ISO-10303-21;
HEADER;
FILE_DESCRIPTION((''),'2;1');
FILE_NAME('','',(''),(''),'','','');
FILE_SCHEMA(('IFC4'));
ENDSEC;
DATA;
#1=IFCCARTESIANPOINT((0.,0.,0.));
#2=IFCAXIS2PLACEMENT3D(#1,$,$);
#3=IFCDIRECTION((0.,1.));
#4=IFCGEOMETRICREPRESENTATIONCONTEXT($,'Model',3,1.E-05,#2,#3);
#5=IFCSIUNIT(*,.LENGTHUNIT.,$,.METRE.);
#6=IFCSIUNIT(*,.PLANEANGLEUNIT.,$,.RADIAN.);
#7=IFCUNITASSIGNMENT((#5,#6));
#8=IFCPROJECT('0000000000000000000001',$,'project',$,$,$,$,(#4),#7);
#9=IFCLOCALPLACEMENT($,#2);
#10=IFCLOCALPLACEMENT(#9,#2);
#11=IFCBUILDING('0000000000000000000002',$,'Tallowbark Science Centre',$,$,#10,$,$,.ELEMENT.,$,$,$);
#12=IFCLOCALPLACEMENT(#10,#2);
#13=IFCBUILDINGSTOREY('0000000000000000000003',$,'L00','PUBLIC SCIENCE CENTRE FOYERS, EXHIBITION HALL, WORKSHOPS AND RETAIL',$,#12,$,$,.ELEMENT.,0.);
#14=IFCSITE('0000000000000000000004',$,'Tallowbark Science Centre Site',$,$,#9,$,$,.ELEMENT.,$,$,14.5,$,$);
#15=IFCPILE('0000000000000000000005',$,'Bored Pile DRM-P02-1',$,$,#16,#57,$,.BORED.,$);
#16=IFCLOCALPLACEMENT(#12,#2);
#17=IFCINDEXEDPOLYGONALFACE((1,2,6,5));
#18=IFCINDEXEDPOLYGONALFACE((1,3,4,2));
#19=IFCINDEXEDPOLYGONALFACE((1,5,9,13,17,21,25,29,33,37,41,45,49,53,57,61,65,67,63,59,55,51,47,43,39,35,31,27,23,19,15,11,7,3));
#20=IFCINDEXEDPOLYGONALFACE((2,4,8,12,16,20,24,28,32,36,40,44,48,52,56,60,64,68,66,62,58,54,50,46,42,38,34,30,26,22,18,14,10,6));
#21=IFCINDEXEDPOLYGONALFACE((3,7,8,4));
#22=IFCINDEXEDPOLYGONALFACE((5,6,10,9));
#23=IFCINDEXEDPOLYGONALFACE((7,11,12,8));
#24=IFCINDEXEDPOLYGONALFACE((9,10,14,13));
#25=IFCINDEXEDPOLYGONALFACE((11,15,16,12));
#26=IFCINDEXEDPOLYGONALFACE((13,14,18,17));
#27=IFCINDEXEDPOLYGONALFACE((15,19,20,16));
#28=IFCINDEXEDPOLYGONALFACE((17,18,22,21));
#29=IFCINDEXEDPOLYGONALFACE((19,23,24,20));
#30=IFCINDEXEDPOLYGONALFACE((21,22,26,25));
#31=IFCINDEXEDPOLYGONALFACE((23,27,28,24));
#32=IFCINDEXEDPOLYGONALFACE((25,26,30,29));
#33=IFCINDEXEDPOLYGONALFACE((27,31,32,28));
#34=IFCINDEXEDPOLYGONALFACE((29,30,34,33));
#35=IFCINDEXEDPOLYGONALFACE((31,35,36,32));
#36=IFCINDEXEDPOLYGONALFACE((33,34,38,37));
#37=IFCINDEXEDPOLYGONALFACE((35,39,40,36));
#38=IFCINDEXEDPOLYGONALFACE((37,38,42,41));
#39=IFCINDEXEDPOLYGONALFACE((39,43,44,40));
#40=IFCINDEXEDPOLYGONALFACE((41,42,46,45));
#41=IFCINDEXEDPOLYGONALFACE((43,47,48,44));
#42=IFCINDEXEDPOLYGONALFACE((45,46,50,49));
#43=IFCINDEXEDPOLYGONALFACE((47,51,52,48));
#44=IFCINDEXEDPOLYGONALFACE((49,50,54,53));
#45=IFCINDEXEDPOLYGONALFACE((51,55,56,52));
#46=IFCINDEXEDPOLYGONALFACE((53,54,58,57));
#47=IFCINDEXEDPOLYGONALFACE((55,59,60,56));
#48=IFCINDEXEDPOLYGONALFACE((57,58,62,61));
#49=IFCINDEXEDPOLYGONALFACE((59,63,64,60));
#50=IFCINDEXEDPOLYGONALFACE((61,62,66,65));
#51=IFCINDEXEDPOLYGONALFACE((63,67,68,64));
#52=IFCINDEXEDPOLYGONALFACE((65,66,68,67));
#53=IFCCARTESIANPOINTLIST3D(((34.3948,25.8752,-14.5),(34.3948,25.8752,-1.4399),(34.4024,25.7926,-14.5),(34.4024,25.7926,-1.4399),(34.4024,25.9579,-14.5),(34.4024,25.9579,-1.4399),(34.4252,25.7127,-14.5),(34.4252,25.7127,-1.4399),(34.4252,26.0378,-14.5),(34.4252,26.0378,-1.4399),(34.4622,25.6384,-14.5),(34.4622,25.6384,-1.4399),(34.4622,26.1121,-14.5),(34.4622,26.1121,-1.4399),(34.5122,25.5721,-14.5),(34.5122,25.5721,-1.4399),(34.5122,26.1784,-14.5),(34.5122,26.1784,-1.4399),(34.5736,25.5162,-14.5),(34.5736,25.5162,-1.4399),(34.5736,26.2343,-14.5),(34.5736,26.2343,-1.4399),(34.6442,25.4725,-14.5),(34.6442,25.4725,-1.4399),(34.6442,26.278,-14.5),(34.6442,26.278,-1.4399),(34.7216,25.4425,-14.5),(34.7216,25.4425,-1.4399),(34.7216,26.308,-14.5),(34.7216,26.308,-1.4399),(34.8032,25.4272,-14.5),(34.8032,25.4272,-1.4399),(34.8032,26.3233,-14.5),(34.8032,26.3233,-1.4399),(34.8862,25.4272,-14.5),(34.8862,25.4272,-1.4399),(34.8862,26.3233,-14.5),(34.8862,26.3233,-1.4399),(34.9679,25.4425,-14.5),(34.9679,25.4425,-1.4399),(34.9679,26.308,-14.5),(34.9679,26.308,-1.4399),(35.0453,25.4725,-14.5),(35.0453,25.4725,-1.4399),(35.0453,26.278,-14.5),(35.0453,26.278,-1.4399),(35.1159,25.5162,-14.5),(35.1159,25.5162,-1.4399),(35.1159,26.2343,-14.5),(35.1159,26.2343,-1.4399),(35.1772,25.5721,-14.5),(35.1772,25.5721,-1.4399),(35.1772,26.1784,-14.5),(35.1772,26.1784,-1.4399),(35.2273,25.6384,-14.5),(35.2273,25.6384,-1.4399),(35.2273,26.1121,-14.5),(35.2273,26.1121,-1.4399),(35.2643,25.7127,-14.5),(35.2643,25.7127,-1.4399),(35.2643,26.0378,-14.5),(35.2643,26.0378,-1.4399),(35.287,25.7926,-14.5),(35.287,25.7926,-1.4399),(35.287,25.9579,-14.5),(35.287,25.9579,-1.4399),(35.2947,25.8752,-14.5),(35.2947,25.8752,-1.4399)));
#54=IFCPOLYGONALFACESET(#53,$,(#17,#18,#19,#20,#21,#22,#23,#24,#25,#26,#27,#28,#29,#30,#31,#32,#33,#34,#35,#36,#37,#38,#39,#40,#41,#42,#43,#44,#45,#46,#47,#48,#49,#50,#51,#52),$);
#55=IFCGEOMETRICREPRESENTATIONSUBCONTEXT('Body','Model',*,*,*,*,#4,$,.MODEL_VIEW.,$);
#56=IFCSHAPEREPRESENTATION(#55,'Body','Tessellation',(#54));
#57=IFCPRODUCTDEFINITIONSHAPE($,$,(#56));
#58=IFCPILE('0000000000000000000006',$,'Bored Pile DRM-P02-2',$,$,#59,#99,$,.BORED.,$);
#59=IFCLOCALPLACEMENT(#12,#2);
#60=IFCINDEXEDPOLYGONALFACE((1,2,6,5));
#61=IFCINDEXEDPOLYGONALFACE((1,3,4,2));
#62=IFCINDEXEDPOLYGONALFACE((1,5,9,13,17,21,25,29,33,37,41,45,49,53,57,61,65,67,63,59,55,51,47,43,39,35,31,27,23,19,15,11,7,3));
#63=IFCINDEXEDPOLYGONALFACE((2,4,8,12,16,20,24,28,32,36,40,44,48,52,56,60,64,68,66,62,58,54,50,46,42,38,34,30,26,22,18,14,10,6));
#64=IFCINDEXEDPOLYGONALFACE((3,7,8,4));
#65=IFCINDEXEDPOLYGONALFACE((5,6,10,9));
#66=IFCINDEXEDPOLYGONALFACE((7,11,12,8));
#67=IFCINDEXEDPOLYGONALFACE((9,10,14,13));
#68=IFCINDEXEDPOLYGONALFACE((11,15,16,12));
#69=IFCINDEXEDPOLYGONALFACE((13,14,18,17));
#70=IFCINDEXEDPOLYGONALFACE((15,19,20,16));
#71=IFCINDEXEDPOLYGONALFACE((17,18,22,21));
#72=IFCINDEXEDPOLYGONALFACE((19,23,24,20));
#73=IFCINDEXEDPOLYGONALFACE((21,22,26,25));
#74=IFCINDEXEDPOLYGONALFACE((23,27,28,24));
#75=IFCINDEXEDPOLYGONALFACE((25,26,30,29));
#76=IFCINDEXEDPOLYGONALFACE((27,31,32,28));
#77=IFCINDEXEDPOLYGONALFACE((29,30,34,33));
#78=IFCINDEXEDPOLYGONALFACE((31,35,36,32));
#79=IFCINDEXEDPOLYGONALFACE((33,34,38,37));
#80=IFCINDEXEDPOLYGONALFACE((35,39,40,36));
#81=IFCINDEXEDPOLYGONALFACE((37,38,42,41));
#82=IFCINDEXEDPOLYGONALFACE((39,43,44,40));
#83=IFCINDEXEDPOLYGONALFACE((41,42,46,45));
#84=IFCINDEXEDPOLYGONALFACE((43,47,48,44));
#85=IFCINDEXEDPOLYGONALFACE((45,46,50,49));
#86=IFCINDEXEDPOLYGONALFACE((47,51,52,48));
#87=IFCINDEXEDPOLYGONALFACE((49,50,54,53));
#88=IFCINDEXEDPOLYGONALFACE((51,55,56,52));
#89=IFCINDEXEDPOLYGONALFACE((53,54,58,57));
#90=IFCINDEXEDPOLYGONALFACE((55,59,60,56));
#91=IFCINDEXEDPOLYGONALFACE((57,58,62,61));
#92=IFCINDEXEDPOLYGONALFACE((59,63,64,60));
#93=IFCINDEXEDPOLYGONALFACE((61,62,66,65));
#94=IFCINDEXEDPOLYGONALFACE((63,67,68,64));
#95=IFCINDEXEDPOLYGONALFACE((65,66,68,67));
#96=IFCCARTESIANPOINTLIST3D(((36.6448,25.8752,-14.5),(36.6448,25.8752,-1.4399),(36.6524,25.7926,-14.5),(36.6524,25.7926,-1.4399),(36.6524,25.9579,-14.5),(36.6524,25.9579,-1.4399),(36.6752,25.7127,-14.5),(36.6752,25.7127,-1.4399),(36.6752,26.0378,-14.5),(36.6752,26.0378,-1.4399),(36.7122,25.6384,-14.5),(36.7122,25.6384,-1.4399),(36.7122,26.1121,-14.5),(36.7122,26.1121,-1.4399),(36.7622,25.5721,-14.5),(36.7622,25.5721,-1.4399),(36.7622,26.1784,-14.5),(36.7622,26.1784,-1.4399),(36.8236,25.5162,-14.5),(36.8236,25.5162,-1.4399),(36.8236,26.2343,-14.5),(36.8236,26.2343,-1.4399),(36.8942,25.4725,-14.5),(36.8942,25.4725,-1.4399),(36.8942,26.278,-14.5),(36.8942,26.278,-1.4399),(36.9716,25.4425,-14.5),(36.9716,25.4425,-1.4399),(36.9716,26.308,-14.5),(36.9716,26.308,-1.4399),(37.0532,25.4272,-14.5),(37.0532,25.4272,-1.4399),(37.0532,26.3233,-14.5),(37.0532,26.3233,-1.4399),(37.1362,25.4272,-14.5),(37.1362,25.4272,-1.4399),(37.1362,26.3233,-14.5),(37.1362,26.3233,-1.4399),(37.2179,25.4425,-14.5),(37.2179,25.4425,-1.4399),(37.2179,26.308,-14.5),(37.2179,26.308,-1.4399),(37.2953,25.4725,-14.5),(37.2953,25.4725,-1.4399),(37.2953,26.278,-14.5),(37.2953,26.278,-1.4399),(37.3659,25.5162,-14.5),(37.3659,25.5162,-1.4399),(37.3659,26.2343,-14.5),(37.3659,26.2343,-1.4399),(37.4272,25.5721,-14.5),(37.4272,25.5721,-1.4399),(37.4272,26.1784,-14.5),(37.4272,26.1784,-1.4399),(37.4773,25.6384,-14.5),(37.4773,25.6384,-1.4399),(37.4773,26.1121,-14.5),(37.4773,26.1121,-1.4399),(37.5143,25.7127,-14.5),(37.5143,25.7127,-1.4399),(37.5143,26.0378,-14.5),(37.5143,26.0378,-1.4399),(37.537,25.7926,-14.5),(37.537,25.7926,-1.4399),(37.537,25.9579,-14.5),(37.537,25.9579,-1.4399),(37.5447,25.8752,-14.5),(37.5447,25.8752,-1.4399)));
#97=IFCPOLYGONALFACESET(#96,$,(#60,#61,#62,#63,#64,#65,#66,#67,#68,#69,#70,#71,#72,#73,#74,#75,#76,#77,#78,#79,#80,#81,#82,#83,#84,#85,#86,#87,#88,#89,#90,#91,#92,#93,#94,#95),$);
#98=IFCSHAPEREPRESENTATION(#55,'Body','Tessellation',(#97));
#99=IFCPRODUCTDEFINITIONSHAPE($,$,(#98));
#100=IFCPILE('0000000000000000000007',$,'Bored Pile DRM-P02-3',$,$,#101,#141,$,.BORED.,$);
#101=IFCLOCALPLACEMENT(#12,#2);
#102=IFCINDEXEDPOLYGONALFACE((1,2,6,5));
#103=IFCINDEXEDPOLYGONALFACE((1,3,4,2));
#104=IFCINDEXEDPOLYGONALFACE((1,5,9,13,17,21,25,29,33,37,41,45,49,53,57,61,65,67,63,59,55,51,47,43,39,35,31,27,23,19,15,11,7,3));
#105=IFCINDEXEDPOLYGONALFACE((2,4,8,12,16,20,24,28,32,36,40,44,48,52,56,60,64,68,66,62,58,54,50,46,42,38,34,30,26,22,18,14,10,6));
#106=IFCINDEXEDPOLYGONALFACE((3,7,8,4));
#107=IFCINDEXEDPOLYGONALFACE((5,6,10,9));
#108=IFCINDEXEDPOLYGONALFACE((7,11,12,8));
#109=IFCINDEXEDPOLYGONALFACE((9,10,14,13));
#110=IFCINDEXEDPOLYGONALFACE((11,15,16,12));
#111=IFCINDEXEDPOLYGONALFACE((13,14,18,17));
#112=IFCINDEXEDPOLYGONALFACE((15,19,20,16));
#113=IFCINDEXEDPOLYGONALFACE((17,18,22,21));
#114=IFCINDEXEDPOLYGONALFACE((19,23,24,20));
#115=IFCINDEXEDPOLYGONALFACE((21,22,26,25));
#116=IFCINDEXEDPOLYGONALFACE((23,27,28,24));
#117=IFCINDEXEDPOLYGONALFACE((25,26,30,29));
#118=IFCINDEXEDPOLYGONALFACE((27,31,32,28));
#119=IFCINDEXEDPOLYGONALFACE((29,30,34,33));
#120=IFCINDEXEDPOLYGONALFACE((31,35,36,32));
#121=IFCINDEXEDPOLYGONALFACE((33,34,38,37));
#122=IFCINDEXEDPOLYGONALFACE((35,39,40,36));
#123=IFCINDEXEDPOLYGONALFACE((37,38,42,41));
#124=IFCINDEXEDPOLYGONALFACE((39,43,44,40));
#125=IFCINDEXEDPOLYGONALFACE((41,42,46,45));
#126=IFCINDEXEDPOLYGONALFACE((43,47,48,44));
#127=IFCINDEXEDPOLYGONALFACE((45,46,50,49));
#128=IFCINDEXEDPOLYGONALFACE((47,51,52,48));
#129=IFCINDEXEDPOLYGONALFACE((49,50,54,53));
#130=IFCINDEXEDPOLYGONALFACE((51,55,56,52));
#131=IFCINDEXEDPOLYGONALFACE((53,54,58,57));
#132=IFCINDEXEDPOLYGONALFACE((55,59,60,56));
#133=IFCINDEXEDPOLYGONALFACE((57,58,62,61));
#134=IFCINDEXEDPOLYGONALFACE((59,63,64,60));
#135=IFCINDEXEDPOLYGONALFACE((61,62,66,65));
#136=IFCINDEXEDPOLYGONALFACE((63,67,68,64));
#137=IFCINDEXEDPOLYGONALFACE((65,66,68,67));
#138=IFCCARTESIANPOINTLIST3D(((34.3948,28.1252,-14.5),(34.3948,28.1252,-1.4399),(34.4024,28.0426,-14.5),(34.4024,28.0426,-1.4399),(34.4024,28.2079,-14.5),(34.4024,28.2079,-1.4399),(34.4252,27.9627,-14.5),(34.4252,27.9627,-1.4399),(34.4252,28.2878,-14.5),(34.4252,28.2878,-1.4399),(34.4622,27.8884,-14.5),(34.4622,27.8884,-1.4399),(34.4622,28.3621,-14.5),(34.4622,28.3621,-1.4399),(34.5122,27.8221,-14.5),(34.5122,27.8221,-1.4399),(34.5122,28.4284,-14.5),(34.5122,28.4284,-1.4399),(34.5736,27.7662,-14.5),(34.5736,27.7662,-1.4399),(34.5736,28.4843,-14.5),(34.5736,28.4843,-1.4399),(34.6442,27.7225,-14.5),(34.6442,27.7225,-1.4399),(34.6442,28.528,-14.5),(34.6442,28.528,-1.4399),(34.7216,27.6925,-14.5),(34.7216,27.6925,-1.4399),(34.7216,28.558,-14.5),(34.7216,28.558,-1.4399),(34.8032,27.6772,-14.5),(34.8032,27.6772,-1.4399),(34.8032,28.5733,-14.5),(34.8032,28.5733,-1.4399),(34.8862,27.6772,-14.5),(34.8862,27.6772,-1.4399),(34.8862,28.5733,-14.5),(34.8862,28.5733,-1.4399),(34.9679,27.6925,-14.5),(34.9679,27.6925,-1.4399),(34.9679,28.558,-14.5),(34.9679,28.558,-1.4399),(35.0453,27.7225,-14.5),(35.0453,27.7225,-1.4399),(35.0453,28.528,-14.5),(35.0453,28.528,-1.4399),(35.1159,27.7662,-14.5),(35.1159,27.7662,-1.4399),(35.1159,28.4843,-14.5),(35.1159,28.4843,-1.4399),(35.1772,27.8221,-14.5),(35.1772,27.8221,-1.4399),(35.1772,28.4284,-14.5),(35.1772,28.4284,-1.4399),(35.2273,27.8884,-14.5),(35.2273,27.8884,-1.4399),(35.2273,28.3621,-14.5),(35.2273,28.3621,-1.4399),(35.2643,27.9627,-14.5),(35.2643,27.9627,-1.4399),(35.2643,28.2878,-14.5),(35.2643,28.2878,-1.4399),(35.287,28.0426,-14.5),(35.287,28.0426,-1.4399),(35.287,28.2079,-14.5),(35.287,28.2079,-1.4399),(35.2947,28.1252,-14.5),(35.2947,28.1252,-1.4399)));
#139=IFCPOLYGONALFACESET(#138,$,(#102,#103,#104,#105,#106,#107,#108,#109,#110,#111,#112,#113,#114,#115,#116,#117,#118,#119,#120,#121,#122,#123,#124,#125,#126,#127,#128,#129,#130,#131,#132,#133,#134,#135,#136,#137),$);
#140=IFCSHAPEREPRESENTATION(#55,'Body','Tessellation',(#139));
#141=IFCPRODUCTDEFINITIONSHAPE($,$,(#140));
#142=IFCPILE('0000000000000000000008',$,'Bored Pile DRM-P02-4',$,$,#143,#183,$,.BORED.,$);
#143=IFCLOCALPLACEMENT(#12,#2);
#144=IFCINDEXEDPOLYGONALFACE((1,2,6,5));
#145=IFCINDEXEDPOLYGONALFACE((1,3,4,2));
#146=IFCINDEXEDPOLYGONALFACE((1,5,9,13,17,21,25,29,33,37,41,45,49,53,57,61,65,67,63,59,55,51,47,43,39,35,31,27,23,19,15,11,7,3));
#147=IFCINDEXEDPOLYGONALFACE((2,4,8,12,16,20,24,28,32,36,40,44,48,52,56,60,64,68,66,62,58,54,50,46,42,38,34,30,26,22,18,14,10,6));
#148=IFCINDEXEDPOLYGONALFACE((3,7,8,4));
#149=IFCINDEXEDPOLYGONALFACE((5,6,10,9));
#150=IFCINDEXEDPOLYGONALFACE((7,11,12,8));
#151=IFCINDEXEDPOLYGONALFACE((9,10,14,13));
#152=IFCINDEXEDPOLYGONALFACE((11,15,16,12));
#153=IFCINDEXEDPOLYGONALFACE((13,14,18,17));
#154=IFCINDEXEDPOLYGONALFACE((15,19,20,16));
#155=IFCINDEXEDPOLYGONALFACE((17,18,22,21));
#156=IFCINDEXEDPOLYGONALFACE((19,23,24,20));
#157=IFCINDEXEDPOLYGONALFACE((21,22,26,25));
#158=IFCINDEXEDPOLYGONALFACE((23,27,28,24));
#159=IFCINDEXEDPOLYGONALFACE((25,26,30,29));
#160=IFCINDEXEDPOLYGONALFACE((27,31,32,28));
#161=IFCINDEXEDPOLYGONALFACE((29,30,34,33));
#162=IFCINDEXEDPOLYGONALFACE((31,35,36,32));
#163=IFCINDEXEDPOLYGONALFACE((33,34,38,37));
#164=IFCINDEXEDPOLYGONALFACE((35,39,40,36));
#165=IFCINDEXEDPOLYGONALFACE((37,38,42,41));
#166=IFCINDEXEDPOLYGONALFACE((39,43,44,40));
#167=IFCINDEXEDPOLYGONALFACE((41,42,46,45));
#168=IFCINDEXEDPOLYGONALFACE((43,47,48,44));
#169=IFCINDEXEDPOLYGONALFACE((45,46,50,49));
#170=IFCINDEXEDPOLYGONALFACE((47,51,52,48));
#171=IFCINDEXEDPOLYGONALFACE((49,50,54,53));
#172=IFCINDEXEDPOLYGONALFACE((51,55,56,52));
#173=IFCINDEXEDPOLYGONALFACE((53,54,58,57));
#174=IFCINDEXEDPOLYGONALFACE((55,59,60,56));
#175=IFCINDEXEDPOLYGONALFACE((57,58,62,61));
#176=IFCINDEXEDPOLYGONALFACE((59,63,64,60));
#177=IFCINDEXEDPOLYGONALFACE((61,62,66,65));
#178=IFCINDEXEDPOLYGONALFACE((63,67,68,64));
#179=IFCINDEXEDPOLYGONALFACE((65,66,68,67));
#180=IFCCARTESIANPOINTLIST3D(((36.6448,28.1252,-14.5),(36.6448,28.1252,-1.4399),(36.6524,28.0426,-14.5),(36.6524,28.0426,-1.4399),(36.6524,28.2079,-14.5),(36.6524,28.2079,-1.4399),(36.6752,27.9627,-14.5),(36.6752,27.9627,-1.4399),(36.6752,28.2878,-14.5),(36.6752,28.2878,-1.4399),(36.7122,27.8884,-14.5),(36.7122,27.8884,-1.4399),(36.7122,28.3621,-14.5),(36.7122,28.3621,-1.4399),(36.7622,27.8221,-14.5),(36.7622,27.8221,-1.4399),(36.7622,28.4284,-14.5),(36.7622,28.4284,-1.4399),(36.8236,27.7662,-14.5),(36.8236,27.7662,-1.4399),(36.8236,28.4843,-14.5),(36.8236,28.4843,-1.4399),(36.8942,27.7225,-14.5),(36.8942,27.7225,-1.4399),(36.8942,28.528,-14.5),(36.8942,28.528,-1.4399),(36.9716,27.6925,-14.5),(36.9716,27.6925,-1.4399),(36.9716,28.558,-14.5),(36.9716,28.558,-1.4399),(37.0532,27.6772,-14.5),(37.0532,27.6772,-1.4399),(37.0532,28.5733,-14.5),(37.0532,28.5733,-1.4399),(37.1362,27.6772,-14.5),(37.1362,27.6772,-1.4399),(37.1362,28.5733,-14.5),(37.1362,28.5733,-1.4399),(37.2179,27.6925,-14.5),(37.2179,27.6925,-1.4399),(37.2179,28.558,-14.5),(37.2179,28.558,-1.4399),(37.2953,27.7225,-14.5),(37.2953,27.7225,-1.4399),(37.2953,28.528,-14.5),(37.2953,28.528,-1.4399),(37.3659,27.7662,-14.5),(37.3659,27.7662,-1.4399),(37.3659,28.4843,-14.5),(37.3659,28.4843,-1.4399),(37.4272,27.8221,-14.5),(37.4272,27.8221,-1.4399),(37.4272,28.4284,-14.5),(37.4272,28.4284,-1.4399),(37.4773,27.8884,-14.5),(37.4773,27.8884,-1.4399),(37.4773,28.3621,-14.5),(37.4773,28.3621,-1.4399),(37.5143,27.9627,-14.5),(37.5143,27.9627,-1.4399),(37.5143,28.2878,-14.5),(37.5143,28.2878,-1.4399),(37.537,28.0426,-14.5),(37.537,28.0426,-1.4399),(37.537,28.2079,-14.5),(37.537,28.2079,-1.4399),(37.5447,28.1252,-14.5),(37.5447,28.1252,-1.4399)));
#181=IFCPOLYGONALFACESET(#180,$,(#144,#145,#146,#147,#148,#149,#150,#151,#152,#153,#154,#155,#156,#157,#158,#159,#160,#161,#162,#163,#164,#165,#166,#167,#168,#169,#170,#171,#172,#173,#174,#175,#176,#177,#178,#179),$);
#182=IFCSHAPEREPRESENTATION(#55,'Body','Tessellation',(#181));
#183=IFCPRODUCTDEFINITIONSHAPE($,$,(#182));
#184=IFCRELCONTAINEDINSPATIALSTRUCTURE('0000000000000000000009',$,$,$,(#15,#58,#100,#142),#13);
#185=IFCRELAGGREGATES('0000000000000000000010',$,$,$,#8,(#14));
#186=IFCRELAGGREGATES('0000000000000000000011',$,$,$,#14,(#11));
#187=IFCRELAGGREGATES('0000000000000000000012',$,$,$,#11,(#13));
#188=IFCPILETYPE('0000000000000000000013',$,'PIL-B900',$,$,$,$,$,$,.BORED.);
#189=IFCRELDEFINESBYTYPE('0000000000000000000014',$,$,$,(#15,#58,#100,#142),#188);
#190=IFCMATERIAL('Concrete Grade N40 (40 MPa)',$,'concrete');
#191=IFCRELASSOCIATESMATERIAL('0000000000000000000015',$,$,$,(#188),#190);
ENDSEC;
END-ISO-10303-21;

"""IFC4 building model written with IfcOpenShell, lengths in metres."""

from ifc_helpers import new_model, si_unit, direction, frame, origin, origin_2d, place, context, subcontext, project, spatial, circle, extrude, material, material_profile, profile_set, type_object, element, save


model = new_model("IFC4")

# Units and contexts
model_context = context("Model", 3, precision=1e-05, world=origin(), true_north=direction((0.0, 1.0)))
body_context = subcontext(model_context, "Body", "Model", "MODEL_VIEW")
ifc_project = project(units=[si_unit("LENGTHUNIT", "METRE"), si_unit("PLANEANGLEUNIT", "RADIAN")], contexts=[model_context])

# Site, building, storey
site_placement = place(None, origin())
site = spatial("IfcSite", under=ifc_project, at=site_placement, Name="Tallowbark Science Centre Site", CompositionType="ELEMENT", RefElevation=14.5)
building_placement = place(site_placement, origin())
building = spatial("IfcBuilding", under=site, at=building_placement, Name="Tallowbark Science Centre", CompositionType="ELEMENT")
storey_placement = place(building_placement, origin())
storey = spatial("IfcBuildingStorey", under=building, at=storey_placement, Name="L00", Description="PUBLIC SCIENCE CENTRE FOYERS, EXHIBITION HALL, WORKSHOPS AND RETAIL", CompositionType="ELEMENT", Elevation=0.0)

# Shared definitions
ifc_material_1 = material(Name="Concrete Grade N40 (40 MPa)", Category="concrete")

# Piles
ifc_material_profile_1 = material_profile(ifc_material_1, circle(Radius=0.45, at=origin_2d()), Name="PILE900")
ifc_profile_set_1 = profile_set([ifc_material_profile_1], Name="Concrete Grade N40 (40 MPa)")
pile_type_1 = type_object("IfcPileType", Name="PIL-B900", PredefinedType="BORED", material=ifc_profile_set_1)
for number, where, z_axis, x_axis, name in (
    (1, (34.8447, 25.8752, -1.4399), (0.0, 0.0, -1.0), (1.0, 0.0, 0.0), "Bored Pile DRM-P02-1"),
    (2, (37.0947, 25.8752, -1.4399), (0.0, 0.0, -1.0), (1.0, 0.0, 0.0), "Bored Pile DRM-P02-2"),
    (3, (34.8447, 28.1252, -1.4399), (0.0, 0.0, -1.0), (1.0, 0.0, 0.0), "Bored Pile DRM-P02-3"),
    (4, (37.0947, 28.1252, -1.4399), (0.0, 0.0, -1.0), (1.0, 0.0, 0.0), "Bored Pile DRM-P02-4"),
):
    element("IfcPile", number, at=place(storey_placement, frame(where, z_axis=z_axis, x_axis=x_axis)), inside=storey, type_object=pile_type_1, Name=name, PredefinedType="BORED", context=body_context, shape_type="SweptSolid", body=[
        extrude(circle(Radius=0.45, at=origin_2d()), origin(), (0.0, 0.0, 1.0), 13.0601),
    ])

save(model, "model.ifc")
